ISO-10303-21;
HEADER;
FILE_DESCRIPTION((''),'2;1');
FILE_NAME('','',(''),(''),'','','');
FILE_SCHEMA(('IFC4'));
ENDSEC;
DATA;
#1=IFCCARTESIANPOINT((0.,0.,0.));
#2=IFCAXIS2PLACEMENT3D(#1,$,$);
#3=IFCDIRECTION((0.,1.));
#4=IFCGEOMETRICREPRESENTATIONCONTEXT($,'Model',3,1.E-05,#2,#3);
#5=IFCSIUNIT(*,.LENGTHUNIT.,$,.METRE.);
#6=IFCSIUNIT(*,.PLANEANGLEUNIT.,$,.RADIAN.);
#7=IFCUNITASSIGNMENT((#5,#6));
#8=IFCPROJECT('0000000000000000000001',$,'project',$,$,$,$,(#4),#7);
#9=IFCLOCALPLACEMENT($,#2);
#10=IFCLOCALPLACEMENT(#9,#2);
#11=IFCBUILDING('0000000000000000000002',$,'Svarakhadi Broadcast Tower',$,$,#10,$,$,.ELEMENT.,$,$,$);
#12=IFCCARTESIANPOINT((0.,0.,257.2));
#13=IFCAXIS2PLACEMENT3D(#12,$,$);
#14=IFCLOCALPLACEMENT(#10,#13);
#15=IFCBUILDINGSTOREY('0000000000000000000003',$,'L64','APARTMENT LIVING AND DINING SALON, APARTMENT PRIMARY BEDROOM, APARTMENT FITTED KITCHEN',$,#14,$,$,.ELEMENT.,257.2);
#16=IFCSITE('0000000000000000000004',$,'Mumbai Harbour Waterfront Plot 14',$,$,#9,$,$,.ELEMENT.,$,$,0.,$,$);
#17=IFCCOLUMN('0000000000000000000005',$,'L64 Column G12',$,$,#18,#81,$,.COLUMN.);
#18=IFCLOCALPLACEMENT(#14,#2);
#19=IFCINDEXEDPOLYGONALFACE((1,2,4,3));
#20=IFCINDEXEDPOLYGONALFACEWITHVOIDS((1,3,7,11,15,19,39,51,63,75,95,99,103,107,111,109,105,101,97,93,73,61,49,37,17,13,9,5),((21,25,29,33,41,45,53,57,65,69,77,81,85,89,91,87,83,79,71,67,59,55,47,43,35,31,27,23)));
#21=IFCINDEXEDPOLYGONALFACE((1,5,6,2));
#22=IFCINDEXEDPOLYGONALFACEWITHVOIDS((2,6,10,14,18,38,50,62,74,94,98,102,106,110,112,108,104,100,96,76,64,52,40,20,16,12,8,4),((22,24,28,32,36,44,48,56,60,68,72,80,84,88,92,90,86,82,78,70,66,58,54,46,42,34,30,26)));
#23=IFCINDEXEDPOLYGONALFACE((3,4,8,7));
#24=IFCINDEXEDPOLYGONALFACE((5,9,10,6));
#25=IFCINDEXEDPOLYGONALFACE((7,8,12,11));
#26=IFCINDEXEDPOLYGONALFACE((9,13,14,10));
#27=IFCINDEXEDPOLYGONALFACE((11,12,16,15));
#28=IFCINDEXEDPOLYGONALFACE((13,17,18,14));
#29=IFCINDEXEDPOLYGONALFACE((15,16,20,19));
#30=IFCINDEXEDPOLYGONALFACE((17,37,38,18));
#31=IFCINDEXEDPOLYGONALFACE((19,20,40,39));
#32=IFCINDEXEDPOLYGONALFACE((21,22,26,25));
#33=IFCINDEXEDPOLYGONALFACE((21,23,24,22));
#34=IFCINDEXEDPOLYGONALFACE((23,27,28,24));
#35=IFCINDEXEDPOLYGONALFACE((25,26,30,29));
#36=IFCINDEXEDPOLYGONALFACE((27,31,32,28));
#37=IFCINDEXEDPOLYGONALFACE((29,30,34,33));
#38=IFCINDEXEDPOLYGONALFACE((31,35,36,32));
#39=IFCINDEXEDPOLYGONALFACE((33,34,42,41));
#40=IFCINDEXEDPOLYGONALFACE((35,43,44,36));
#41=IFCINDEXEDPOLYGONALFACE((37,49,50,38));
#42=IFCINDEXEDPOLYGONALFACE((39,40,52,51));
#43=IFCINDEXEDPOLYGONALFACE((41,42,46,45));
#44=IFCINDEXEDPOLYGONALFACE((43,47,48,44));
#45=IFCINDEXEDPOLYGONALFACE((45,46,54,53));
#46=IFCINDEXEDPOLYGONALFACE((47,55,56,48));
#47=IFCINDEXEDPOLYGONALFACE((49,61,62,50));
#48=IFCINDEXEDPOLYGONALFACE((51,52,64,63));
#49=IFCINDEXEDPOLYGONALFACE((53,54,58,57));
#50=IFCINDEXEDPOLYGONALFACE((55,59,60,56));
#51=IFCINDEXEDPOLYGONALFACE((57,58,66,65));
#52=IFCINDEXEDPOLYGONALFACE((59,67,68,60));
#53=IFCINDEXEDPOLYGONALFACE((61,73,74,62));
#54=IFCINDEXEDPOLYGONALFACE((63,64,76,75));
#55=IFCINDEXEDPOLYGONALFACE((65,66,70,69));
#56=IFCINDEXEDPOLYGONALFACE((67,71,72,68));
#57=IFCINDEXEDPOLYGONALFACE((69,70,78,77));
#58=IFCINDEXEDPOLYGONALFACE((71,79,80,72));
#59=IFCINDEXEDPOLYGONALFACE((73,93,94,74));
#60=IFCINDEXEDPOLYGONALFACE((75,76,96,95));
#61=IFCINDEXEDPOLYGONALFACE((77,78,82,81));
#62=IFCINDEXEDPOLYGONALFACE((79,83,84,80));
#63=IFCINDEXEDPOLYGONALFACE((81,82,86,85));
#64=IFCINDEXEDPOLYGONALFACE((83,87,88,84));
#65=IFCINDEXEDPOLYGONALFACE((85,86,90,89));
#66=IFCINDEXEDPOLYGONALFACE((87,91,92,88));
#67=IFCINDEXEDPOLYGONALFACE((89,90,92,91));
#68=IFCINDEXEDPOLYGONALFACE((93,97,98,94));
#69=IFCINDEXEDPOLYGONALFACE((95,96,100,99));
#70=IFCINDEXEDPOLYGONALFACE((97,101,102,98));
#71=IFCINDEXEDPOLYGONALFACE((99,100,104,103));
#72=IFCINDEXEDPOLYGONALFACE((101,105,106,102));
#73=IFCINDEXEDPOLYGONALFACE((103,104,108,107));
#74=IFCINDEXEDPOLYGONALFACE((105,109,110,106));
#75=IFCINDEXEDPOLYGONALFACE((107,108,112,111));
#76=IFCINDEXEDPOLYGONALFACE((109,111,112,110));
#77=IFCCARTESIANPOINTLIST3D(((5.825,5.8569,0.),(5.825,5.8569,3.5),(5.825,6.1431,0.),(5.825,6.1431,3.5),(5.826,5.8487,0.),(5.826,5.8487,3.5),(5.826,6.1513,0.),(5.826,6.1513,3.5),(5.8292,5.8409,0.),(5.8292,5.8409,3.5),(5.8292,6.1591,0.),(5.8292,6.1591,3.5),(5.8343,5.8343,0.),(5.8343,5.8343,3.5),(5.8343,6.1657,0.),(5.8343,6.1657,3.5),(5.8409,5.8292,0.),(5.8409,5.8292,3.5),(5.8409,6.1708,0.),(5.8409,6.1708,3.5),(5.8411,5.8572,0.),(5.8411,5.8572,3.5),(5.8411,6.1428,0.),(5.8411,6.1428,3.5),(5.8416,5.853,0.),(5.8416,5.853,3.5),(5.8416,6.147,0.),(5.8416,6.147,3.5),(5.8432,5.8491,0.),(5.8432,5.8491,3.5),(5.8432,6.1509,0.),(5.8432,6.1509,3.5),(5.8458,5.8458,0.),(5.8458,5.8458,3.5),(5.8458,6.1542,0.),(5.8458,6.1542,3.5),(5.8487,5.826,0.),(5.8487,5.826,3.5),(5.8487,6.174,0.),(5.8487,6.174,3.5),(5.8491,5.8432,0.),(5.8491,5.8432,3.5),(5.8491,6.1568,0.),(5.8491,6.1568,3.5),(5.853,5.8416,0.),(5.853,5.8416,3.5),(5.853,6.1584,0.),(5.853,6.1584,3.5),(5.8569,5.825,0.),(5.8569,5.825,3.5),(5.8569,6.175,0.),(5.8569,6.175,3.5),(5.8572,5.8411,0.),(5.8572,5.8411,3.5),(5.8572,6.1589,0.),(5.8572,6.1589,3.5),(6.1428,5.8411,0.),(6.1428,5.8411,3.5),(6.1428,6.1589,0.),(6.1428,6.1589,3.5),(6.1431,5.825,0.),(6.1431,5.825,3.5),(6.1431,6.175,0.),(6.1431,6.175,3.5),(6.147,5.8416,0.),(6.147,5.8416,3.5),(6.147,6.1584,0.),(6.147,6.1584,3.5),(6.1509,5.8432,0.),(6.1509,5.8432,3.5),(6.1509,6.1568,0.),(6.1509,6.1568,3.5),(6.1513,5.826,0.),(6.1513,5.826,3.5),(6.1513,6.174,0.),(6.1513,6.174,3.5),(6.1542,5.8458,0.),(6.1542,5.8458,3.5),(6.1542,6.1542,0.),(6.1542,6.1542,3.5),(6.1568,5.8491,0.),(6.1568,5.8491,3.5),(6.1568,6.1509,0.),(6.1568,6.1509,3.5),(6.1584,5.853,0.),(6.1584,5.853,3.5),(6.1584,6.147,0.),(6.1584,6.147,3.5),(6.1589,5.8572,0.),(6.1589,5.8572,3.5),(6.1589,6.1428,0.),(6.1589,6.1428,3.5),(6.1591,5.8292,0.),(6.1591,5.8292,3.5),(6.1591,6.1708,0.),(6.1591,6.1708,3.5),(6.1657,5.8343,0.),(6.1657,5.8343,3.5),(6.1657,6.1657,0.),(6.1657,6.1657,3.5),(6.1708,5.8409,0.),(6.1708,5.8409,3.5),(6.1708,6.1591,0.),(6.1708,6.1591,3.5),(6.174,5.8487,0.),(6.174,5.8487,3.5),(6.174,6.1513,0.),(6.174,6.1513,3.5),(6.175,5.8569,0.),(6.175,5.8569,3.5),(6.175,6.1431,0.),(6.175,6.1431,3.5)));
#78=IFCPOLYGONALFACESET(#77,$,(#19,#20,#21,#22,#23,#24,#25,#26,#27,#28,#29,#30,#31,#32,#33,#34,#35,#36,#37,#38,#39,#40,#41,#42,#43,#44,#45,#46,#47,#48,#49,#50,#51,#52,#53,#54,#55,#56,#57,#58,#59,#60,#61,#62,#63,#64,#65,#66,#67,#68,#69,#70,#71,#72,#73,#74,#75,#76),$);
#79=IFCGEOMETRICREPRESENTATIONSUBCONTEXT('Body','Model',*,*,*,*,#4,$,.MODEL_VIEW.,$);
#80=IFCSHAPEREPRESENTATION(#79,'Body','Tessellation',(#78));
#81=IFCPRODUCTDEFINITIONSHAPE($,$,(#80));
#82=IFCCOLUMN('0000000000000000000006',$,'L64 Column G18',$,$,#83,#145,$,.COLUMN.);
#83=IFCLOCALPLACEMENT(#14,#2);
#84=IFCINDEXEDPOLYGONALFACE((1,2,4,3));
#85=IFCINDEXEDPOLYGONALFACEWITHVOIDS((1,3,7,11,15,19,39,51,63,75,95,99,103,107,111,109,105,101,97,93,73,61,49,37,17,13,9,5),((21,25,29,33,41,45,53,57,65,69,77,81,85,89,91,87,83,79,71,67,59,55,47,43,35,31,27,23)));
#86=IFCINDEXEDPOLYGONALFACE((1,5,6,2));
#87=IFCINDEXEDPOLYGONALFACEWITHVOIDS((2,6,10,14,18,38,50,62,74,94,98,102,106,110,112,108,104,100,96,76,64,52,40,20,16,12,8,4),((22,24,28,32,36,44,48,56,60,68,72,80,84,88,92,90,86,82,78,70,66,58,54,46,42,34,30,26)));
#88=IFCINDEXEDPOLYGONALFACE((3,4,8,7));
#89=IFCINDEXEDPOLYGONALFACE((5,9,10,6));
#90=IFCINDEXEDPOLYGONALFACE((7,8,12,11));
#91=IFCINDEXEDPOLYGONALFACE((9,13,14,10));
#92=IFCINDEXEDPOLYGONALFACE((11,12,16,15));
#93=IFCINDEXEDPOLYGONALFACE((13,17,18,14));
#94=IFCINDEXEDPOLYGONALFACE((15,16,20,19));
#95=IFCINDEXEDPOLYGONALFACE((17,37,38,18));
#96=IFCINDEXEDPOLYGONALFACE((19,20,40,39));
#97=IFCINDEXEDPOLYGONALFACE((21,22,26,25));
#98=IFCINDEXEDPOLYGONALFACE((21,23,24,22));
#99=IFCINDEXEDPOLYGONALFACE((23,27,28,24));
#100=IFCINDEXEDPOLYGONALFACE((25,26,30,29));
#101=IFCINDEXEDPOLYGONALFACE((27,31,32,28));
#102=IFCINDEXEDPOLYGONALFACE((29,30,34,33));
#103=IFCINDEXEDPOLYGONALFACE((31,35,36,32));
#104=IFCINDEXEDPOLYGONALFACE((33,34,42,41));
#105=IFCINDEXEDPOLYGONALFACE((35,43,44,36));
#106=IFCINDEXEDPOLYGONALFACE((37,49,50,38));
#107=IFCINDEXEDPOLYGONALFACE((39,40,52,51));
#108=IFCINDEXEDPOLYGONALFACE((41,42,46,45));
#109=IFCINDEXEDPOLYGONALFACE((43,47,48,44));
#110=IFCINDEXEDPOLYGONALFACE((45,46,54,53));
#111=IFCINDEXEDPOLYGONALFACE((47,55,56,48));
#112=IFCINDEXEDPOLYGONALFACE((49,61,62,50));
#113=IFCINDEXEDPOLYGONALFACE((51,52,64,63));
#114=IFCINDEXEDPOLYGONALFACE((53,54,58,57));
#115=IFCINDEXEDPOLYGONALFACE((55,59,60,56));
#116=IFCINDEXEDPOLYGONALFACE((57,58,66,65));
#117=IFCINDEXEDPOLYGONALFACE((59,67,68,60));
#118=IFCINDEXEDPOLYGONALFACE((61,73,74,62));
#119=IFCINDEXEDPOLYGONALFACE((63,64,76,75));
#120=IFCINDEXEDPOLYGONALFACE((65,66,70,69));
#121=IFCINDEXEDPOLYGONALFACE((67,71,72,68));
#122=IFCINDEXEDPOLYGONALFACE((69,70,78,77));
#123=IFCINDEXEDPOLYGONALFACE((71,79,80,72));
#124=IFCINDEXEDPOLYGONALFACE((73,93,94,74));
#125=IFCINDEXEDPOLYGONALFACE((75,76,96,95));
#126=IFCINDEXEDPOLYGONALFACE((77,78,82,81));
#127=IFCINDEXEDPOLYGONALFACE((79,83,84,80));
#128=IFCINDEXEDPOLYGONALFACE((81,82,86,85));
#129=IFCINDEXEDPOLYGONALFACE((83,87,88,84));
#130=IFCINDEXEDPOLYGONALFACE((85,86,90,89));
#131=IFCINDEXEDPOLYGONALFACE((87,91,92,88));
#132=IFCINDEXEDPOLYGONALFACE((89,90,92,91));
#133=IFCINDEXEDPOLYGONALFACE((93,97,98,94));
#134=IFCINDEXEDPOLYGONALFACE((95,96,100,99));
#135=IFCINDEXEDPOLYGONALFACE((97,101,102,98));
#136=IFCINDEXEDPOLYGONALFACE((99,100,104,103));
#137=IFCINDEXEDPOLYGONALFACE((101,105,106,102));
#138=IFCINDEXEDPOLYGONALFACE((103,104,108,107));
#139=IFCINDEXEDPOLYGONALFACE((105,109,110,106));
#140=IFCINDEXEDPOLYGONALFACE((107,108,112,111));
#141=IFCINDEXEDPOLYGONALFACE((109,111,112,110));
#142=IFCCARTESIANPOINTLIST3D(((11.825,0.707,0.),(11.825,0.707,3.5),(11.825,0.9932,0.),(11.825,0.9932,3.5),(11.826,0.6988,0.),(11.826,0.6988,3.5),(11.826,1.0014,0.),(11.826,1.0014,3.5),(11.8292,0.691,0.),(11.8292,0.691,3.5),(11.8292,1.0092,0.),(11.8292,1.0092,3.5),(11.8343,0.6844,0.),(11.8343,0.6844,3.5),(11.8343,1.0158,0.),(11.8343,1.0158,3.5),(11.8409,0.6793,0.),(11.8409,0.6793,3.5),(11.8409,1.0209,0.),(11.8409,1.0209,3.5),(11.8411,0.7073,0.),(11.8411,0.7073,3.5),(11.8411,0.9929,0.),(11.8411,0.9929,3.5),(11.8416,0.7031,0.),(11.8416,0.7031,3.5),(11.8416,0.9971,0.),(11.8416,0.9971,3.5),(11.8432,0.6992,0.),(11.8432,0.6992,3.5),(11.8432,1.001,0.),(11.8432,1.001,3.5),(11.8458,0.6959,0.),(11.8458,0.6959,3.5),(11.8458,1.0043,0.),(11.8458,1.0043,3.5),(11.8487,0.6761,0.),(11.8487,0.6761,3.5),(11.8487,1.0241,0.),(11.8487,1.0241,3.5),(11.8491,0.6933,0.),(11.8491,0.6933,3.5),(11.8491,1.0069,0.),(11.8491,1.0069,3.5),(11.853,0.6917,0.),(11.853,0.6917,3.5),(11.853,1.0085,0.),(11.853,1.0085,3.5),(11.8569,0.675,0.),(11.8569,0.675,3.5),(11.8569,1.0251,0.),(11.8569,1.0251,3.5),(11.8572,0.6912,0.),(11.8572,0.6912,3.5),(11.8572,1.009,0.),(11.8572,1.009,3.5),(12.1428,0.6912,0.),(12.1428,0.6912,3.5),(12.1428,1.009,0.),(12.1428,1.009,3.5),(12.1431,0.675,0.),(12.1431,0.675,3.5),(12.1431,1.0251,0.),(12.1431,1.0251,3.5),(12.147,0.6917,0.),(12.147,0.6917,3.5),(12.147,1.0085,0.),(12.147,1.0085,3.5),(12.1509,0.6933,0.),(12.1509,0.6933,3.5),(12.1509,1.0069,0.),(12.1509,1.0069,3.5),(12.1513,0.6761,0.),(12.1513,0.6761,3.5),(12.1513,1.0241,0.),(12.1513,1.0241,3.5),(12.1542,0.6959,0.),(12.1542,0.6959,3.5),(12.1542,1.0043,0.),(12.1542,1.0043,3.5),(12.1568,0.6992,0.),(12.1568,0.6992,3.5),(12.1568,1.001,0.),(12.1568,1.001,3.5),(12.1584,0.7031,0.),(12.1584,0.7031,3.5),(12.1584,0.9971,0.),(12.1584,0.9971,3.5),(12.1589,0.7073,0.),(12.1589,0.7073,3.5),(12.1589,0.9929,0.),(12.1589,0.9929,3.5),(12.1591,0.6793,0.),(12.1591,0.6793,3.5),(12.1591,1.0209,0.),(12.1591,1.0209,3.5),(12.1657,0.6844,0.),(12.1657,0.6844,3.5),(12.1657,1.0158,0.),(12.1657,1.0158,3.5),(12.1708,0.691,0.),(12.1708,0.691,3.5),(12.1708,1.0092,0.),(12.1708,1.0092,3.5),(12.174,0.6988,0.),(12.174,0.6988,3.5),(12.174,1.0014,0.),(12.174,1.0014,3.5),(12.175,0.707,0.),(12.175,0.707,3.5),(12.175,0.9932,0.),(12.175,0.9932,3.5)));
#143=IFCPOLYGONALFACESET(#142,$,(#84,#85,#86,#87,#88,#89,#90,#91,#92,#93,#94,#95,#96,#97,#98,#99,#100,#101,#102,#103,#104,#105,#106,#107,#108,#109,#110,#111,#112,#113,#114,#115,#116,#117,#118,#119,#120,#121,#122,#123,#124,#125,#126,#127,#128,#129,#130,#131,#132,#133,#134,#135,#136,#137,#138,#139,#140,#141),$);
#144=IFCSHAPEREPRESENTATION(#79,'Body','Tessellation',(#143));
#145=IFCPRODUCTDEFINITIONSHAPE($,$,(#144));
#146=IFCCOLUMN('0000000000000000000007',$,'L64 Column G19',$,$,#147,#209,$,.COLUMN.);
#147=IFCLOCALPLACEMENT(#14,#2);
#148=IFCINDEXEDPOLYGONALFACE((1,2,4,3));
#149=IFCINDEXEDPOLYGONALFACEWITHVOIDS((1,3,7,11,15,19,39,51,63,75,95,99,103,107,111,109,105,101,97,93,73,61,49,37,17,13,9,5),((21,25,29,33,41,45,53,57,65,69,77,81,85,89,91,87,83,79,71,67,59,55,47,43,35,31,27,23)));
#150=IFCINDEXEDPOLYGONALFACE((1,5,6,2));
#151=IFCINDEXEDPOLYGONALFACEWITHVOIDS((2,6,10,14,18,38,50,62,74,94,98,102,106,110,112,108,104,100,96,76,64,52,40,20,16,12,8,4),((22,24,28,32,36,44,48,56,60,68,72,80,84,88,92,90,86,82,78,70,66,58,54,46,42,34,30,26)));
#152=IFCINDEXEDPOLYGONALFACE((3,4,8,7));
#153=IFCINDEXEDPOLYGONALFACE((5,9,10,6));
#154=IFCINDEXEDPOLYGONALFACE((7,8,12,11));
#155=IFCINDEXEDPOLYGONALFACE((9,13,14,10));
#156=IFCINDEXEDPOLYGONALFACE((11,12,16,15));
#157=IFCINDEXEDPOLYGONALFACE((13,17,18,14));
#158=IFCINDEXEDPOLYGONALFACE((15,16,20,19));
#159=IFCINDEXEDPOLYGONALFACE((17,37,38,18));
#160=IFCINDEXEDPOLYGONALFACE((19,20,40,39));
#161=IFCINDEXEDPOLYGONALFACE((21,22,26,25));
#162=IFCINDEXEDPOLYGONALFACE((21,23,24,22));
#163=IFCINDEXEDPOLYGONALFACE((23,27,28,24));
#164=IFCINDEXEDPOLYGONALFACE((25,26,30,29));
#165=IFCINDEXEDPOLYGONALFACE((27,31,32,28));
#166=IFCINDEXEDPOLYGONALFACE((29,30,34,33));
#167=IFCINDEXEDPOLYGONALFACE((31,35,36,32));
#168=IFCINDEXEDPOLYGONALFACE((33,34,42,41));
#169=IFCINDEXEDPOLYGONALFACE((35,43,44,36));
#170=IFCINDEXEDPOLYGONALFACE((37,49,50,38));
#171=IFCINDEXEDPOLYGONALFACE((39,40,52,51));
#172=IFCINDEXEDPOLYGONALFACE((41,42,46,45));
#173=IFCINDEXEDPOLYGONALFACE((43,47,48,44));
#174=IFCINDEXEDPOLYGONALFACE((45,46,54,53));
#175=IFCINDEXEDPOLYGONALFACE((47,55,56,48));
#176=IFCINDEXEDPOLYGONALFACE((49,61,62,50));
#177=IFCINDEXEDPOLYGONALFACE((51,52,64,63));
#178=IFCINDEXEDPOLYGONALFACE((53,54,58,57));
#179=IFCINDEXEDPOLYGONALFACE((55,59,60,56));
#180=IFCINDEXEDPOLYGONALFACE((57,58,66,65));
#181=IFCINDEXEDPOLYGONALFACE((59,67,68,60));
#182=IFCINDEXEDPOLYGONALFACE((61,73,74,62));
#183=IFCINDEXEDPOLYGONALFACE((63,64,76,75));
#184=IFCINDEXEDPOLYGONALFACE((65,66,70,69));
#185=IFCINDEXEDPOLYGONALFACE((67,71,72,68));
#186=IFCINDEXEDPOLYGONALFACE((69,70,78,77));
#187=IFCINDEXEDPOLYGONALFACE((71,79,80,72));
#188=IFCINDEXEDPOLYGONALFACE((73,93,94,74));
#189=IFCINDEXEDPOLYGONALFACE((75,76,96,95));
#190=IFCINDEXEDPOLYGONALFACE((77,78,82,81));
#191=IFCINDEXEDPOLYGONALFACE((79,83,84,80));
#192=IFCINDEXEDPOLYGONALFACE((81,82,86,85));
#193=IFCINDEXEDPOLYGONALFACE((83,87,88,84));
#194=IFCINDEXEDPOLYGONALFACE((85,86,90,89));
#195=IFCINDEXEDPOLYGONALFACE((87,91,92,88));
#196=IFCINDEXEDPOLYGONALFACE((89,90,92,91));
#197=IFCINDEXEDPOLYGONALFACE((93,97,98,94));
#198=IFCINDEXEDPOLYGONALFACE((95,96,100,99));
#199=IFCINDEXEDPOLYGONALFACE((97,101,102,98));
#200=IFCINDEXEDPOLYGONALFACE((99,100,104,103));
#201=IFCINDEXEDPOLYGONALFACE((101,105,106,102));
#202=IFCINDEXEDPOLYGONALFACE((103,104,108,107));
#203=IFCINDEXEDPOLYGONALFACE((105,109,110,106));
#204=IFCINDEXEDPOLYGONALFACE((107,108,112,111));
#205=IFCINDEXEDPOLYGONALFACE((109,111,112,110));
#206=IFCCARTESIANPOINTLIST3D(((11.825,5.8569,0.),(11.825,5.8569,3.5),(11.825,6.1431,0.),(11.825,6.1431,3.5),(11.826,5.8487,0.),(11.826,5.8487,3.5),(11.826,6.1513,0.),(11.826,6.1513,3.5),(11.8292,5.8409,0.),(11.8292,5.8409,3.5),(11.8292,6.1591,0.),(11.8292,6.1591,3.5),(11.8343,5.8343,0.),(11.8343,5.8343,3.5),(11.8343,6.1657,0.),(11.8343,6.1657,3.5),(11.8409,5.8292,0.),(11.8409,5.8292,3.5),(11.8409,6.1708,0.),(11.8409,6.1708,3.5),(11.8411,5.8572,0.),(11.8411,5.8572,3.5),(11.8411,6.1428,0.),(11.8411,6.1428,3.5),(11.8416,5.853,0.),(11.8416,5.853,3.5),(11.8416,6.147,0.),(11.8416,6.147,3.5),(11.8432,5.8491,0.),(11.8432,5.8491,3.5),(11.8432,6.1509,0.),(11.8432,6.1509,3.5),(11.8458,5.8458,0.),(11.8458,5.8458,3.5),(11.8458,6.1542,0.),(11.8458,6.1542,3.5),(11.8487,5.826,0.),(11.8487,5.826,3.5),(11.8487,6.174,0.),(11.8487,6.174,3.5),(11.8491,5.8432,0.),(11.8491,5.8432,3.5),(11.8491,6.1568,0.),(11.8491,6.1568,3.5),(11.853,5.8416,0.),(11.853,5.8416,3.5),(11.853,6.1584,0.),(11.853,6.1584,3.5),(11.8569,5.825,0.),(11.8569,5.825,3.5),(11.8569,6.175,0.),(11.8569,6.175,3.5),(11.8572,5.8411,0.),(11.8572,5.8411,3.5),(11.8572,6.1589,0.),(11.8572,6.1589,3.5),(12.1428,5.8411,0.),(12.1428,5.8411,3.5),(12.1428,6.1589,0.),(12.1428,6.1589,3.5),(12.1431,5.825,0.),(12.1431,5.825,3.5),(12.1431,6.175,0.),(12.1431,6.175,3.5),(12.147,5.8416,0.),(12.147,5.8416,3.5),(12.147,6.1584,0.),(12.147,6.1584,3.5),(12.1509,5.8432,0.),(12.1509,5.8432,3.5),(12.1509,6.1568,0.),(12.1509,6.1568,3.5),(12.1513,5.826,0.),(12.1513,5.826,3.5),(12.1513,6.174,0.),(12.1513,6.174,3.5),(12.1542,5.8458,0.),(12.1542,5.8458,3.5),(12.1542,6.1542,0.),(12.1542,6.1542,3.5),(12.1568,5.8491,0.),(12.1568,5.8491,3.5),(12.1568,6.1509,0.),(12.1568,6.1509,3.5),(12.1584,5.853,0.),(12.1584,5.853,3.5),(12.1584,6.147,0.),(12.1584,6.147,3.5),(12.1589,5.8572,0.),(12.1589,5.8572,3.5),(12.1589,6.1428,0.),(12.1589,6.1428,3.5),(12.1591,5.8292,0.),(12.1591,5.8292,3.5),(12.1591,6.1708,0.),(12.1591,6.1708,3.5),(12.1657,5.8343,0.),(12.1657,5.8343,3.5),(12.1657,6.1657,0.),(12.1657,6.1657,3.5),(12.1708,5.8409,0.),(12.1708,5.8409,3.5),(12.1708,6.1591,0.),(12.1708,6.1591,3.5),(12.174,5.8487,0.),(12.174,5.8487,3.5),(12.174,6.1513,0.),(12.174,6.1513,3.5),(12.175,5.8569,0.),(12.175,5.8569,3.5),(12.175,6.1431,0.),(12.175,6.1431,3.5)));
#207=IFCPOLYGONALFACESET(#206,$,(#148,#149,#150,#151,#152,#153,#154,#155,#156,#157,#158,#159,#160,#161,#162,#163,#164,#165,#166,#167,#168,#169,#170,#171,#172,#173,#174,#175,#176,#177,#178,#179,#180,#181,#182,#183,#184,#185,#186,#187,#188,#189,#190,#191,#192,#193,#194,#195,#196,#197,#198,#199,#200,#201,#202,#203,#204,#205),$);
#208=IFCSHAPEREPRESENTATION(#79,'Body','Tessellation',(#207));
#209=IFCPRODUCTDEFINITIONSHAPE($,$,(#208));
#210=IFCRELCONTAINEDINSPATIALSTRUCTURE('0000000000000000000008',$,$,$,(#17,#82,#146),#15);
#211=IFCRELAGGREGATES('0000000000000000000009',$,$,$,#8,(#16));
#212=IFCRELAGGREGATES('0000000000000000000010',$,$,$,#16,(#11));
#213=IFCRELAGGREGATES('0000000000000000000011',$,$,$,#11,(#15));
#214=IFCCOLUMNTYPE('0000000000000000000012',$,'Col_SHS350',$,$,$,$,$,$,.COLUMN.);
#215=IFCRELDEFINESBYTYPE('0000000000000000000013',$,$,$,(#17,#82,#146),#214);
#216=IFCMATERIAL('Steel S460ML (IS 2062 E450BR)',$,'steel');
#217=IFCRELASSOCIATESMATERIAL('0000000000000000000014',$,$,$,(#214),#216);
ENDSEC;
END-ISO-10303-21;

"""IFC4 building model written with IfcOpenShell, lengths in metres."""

from ifc_helpers import new_model, si_unit, direction, frame, origin, origin_2d, place, context, subcontext, project, spatial, hollow_rectangle, extrude, material, material_profile, profile_set, type_object, element, save


model = new_model("IFC4")

# Units and contexts
model_context = context("Model", 3, precision=1e-05, world=origin(), true_north=direction((0.0, 1.0)))
body_context = subcontext(model_context, "Body", "Model", "MODEL_VIEW")
ifc_project = project(units=[si_unit("LENGTHUNIT", "METRE"), si_unit("PLANEANGLEUNIT", "RADIAN")], contexts=[model_context])

# Site, building, storey
site_placement = place(None, origin())
site = spatial("IfcSite", under=ifc_project, at=site_placement, Name="Mumbai Harbour Waterfront Plot 14", CompositionType="ELEMENT", RefElevation=0.0)
building_placement = place(site_placement, origin())
building = spatial("IfcBuilding", under=site, at=building_placement, Name="Svarakhadi Broadcast Tower", CompositionType="ELEMENT")
storey_placement = place(building_placement, frame((0.0, 0.0, 257.2)))
storey = spatial("IfcBuildingStorey", under=building, at=storey_placement, Name="L64", Description="APARTMENT LIVING AND DINING SALON, APARTMENT PRIMARY BEDROOM, APARTMENT FITTED KITCHEN", CompositionType="ELEMENT", Elevation=257.2)

# Columns
ifc_material_1 = material(Name="Steel S460ML (IS 2062 E450BR)", Category="steel")
ifc_material_profile_1 = material_profile(ifc_material_1, hollow_rectangle(XDim=0.3501, YDim=0.3501, WallThickness=0.0161, InnerFilletRadius=0.0161, OuterFilletRadius=0.032, at=origin_2d()), Name="SHS 350x350x16")
ifc_profile_set_1 = profile_set([ifc_material_profile_1], Name="Steel S460ML (IS 2062 E450BR)")
column_type = type_object("IfcColumnType", Name="Col_SHS350", PredefinedType="COLUMN", material=ifc_profile_set_1)
for number, where, z_axis, x_axis, name in (
    (1, (6.0, 6.0, 0.0), (0.0, 0.0, 1.0), (1.0, 0.0, 0.0), "L64 Column G12"),
    (2, (12.0, 0.8501, 0.0), (0.0, 0.0, 1.0), (1.0, 0.0, 0.0), "L64 Column G18"),
    (3, (12.0, 6.0, 0.0), (0.0, 0.0, 1.0), (1.0, 0.0, 0.0), "L64 Column G19"),
):
    element("IfcColumn", number, at=place(storey_placement, frame(where, z_axis=z_axis, x_axis=x_axis)), inside=storey, type_object=column_type, Name=name, PredefinedType="COLUMN", context=body_context, shape_type="SweptSolid", body=[
        extrude(hollow_rectangle(XDim=0.3501, YDim=0.3501, WallThickness=0.0161, InnerFilletRadius=0.0161, OuterFilletRadius=0.032, at=origin_2d()), origin(), (0.0, 0.0, 1.0), 3.5),
    ])

save(model, "model.ifc")
